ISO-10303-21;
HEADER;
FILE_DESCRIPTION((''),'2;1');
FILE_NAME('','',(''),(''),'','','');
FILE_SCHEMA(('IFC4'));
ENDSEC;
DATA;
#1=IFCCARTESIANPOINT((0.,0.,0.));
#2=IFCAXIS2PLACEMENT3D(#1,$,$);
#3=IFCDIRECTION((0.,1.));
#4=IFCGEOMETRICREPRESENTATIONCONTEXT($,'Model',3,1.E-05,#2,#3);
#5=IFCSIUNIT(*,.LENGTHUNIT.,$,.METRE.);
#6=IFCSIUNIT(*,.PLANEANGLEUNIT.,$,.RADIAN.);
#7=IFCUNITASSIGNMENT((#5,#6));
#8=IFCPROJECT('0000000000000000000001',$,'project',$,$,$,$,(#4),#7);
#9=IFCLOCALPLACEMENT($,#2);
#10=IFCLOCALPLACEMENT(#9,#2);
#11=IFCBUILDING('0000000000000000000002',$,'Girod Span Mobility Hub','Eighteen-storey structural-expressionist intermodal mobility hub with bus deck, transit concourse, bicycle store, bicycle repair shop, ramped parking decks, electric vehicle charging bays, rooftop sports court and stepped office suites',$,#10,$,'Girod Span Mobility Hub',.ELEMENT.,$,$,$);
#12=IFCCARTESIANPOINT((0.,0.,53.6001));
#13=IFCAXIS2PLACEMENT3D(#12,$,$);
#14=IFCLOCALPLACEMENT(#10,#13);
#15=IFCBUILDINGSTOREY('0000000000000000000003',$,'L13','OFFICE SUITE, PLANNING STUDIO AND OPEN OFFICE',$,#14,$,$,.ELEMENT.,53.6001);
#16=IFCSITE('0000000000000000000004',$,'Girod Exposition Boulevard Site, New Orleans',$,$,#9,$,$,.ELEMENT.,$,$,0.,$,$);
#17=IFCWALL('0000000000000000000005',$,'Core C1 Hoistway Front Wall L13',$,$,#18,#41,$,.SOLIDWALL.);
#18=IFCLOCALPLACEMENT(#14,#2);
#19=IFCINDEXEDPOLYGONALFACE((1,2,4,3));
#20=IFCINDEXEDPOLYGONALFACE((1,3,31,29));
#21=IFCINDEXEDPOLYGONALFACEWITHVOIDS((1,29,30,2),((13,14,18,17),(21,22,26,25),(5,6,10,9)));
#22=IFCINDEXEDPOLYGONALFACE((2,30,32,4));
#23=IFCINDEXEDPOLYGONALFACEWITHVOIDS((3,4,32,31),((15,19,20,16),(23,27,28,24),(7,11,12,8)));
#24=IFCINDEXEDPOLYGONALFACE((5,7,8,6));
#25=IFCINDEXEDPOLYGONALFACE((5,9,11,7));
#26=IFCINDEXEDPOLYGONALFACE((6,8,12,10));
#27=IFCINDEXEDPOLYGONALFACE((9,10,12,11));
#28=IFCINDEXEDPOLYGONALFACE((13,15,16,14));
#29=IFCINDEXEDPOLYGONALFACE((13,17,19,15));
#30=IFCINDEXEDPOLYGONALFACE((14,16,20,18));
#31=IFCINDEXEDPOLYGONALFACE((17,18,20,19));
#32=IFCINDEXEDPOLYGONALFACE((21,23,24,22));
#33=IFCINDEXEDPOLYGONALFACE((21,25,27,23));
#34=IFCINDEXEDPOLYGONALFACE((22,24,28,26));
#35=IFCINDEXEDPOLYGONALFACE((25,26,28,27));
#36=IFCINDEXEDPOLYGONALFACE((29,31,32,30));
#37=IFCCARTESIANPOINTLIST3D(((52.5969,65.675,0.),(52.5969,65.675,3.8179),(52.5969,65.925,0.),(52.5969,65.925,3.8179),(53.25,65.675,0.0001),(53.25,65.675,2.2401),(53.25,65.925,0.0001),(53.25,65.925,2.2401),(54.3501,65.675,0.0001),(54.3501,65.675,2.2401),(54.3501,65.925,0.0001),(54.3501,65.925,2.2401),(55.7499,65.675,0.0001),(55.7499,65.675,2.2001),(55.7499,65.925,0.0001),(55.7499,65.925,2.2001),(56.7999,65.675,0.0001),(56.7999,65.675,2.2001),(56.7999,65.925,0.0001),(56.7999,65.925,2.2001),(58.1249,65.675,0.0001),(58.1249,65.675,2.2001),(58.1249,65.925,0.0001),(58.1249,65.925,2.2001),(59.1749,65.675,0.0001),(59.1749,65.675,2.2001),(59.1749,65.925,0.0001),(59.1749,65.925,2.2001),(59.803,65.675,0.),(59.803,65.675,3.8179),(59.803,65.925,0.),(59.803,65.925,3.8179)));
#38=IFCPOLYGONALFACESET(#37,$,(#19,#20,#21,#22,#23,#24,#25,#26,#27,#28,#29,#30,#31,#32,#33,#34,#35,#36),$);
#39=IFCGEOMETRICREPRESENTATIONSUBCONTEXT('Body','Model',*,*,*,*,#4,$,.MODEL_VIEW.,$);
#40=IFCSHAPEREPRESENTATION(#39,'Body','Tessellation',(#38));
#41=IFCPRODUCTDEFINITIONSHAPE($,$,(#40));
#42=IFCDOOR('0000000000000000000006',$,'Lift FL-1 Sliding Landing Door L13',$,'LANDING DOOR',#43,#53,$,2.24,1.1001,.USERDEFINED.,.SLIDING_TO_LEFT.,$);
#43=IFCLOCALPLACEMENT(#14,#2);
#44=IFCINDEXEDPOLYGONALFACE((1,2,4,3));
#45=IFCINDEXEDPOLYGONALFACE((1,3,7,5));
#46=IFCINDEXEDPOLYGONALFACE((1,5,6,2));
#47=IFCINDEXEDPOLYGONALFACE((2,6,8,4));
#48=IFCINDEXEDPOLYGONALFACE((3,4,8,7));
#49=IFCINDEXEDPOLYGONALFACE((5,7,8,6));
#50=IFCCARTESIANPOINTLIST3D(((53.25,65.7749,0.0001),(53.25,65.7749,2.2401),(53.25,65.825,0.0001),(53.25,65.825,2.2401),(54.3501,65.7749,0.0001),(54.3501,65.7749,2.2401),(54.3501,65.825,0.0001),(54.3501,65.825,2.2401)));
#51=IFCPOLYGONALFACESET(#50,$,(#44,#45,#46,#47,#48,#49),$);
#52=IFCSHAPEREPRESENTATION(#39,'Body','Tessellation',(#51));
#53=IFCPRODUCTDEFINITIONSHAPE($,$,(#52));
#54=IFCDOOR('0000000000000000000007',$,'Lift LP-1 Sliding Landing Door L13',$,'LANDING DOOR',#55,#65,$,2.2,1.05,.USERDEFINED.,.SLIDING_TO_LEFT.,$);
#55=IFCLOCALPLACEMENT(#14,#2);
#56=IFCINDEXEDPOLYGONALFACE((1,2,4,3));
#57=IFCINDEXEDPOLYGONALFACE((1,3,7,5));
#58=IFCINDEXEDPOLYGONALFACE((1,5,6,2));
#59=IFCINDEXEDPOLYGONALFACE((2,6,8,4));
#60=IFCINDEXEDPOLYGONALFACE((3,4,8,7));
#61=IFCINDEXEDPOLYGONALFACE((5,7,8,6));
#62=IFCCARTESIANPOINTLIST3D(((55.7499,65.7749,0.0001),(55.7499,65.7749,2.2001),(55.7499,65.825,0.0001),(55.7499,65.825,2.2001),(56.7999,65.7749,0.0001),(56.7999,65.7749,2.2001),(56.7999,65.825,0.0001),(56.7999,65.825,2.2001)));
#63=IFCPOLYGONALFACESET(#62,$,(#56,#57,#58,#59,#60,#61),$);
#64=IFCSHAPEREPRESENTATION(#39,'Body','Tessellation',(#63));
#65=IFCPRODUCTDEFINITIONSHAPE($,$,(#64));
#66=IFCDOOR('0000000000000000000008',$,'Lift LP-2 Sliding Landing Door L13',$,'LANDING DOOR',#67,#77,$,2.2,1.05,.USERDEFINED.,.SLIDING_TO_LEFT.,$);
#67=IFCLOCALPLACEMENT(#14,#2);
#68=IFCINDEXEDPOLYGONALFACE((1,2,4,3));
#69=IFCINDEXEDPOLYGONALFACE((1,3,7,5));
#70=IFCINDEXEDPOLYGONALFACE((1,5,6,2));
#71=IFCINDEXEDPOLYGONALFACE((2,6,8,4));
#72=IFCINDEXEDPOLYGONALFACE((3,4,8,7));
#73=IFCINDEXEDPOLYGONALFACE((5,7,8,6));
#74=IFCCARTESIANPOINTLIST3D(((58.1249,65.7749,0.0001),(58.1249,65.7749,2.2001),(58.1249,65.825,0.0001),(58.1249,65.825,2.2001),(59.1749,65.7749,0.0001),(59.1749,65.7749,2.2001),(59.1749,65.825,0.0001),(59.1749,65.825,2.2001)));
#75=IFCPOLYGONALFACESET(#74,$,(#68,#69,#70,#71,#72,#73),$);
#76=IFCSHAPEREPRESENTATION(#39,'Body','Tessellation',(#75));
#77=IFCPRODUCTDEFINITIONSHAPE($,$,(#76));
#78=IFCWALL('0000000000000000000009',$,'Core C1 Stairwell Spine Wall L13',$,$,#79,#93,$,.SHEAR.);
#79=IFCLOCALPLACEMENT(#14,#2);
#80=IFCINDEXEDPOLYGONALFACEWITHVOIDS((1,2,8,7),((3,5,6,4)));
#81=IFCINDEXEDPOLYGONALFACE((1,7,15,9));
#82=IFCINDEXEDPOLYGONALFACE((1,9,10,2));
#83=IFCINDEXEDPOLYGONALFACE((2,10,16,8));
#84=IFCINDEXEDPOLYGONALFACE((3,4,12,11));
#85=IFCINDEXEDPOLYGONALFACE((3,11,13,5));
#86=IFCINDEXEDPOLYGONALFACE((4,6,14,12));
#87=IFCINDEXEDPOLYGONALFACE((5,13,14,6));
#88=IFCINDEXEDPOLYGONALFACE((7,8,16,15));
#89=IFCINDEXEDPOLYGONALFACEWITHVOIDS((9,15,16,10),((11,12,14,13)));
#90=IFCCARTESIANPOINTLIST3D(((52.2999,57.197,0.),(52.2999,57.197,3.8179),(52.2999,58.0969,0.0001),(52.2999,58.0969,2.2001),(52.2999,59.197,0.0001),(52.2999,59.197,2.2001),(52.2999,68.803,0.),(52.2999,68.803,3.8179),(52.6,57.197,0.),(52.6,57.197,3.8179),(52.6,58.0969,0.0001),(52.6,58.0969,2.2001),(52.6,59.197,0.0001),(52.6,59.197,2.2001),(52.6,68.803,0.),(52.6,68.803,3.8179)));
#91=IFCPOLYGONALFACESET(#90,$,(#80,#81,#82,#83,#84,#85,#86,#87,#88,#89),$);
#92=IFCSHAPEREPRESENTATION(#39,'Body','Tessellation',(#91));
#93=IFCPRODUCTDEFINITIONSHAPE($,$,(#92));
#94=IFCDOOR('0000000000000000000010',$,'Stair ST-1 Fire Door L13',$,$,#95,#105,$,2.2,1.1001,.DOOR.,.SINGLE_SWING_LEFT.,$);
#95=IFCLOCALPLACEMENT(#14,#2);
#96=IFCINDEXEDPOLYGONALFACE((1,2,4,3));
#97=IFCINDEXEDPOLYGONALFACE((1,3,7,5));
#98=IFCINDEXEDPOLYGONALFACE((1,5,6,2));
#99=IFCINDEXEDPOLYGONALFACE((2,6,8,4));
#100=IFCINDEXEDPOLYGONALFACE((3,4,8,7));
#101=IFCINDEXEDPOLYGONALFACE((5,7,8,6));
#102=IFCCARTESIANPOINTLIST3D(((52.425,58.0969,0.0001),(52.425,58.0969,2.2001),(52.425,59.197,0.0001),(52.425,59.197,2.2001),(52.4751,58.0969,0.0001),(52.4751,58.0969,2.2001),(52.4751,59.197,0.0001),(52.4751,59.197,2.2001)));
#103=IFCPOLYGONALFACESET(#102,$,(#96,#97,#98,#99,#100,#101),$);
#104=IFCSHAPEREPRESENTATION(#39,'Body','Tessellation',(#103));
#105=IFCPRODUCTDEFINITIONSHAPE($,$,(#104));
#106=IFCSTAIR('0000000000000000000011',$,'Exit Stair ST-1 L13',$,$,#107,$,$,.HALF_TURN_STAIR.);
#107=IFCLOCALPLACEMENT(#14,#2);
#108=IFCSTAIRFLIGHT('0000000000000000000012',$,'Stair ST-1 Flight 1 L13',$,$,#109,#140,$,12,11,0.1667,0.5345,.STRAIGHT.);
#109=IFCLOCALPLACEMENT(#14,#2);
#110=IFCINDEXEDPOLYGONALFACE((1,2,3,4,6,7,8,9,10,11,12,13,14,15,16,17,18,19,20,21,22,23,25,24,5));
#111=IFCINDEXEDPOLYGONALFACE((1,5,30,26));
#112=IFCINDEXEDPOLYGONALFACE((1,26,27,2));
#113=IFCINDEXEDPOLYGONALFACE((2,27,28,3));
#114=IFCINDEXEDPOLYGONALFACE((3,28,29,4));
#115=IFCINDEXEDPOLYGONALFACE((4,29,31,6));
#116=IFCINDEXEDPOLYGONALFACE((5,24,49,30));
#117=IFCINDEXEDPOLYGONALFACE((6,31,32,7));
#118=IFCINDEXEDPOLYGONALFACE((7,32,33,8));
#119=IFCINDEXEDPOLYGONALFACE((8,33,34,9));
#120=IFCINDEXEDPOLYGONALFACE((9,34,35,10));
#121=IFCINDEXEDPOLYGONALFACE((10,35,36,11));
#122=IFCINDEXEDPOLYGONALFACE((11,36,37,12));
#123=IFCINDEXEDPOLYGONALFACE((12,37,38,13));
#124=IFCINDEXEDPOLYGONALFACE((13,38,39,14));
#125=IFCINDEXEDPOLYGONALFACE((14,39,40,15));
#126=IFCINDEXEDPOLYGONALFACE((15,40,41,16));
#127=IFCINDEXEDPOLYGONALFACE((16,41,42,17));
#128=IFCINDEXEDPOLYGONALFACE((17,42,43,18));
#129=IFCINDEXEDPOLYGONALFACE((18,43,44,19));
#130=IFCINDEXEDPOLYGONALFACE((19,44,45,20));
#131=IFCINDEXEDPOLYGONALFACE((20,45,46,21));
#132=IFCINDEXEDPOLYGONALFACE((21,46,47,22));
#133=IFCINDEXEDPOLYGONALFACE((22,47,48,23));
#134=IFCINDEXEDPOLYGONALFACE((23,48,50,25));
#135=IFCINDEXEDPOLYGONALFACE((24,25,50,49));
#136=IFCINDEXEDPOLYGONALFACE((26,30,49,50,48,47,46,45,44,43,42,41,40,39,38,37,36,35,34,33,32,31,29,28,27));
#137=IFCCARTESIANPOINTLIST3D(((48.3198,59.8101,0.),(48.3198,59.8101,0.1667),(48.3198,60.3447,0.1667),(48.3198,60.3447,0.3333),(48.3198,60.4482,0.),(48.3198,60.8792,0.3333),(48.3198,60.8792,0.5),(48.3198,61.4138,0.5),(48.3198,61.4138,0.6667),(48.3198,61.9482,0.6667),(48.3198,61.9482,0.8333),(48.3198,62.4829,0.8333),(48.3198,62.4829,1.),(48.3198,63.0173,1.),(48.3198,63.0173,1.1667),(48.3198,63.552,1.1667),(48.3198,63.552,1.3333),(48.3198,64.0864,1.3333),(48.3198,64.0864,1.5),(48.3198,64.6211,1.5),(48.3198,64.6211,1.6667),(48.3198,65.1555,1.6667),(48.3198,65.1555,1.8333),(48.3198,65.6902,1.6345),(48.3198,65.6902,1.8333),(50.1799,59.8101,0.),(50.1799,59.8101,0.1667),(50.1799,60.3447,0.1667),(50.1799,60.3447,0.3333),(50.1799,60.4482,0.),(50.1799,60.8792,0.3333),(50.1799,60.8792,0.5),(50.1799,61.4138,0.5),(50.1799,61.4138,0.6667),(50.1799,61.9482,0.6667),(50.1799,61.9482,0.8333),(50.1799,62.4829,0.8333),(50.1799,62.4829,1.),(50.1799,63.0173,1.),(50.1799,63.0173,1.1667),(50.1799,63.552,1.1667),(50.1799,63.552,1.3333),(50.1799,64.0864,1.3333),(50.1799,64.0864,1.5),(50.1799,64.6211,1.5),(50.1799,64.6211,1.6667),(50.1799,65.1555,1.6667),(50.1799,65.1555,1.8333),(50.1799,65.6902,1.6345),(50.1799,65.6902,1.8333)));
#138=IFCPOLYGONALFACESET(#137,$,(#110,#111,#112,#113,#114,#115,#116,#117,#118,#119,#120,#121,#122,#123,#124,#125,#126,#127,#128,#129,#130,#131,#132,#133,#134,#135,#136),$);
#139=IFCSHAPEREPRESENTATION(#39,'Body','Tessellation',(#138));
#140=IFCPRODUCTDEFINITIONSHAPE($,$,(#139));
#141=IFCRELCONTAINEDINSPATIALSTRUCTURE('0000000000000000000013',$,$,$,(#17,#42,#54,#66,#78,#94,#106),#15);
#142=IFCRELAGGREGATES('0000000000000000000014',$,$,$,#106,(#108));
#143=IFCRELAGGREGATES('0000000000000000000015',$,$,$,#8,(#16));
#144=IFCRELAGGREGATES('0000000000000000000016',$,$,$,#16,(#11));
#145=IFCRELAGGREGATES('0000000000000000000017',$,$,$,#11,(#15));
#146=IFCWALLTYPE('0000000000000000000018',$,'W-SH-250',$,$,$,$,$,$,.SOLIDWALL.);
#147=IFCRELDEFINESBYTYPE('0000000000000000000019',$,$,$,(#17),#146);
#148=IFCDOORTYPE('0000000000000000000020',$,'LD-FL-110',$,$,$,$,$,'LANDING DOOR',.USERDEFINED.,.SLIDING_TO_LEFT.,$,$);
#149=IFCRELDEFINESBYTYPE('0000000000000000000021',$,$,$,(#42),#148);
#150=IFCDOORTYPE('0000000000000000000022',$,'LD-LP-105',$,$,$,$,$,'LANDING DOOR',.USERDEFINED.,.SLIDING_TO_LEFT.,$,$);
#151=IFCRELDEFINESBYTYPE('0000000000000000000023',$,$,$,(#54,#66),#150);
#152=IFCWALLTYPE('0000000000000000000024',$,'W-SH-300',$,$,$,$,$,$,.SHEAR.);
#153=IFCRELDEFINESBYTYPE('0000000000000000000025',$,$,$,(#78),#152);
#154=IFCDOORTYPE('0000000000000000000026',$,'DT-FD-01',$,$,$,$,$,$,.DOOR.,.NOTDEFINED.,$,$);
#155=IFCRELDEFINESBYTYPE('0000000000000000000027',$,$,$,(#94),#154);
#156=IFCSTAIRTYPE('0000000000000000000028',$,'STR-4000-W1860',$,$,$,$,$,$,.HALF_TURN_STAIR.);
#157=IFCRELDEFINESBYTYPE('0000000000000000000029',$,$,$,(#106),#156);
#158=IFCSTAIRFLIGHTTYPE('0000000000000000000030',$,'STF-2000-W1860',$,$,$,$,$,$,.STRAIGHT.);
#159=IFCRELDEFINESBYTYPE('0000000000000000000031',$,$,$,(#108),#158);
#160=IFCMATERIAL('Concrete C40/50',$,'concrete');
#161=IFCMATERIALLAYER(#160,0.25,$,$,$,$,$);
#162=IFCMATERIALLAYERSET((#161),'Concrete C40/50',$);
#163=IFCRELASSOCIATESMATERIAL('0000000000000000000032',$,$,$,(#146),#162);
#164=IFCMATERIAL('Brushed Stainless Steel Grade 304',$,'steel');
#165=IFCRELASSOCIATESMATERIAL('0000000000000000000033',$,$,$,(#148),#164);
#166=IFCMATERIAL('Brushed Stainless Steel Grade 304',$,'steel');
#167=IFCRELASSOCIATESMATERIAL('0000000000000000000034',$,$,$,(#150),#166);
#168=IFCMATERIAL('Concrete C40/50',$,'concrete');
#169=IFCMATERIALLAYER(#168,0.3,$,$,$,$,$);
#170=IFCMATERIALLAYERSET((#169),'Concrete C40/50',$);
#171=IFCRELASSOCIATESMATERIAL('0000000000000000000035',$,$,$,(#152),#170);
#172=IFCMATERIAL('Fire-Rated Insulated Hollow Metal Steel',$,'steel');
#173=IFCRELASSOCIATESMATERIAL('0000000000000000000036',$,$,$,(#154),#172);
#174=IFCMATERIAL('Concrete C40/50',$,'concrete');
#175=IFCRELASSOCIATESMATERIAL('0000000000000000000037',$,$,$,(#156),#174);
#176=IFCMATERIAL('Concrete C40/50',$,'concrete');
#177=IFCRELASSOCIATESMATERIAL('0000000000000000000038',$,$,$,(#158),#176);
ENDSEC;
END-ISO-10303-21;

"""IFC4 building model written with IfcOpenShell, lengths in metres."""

from ifc_helpers import new_model, si_unit, direction, frame, frame_2d, origin, place, context, subcontext, project, spatial, polyline, rectangle, outline, extrude, material, layer, layer_set, type_object, element, fill, aggregate, save


model = new_model("IFC4")

# Units and contexts
model_context = context("Model", 3, precision=1e-05, world=origin(), true_north=direction((0.0, 1.0)))
body_context = subcontext(model_context, "Body", "Model", "MODEL_VIEW")
ifc_project = project(units=[si_unit("LENGTHUNIT", "METRE"), si_unit("PLANEANGLEUNIT", "RADIAN")], contexts=[model_context])

# Site, building, storey
site_placement = place(None, origin())
site = spatial("IfcSite", under=ifc_project, at=site_placement, Name="Girod Exposition Boulevard Site, New Orleans", CompositionType="ELEMENT", RefElevation=0.0)
building_placement = place(site_placement, origin())
building = spatial("IfcBuilding", under=site, at=building_placement, Name="Girod Span Mobility Hub", Description="Eighteen-storey structural-expressionist intermodal mobility hub with bus deck, transit concourse, bicycle store, bicycle repair shop, ramped parking decks, electric vehicle charging bays, rooftop sports court and stepped office suites", LongName="Girod Span Mobility Hub", CompositionType="ELEMENT")
storey_placement = place(building_placement, frame((0.0, 0.0, 53.6001)))
storey = spatial("IfcBuildingStorey", under=building, at=storey_placement, Name="L13", Description="OFFICE SUITE, PLANNING STUDIO AND OPEN OFFICE", CompositionType="ELEMENT", Elevation=53.6001)

# Wall, openings, doors
ifc_material_1 = material(Name="Concrete C40/50", Category="concrete")
ifc_layer_1 = layer(ifc_material_1, 0.25)
ifc_layer_set_1 = layer_set([ifc_layer_1], Name="Concrete C40/50")
wall_type_1 = type_object("IfcWallType", Name="W-SH-250", PredefinedType="SOLIDWALL", material=ifc_layer_set_1)
wall_1_placement = place(storey_placement, frame((52.5969, 65.8, 0.0), z_axis=(0.0, 0.0, 1.0), x_axis=(1.0, 0.0, 0.0)))
wall_1 = element("IfcWall", 1, at=wall_1_placement, inside=storey, type_object=wall_type_1, Name="Core C1 Hoistway Front Wall L13", PredefinedType="SOLIDWALL", context=body_context, shape_type="SweptSolid", body=[
    extrude(rectangle(XDim=7.2061, YDim=0.25, at=frame_2d((3.603, 0.0))), origin(), (0.0, 0.0, 1.0), 3.8179),
])
opening_1_placement = place(wall_1_placement, frame((0.6531, 0.0, 0.0)))
opening_1 = element("IfcOpeningElement", 2, at=opening_1_placement, cuts=wall_1, PredefinedType="OPENING", context=body_context, shape_type="SweptSolid", body=[
    extrude(rectangle(XDim=1.1001, YDim=2.24, at=frame_2d((0.55, 1.1201))), frame((0.0, 0.1399, 0.0), z_axis=(0.0, -1.0, 0.0), x_axis=(1.0, 0.0, 0.0)), (0.0, 0.0, 1.0), 0.28),
])
opening_2_placement = place(wall_1_placement, frame((3.1531, 0.0, 0.0)))
opening_2 = element("IfcOpeningElement", 3, at=opening_2_placement, cuts=wall_1, PredefinedType="OPENING", context=body_context, shape_type="SweptSolid", body=[
    extrude(rectangle(XDim=1.05, YDim=2.2, at=frame_2d((0.5249, 1.1001))), frame((0.0, 0.1399, 0.0), z_axis=(0.0, -1.0, 0.0), x_axis=(1.0, 0.0, 0.0)), (0.0, 0.0, 1.0), 0.28),
])
opening_3_placement = place(wall_1_placement, frame((5.5281, 0.0, 0.0)))
opening_3 = element("IfcOpeningElement", 4, at=opening_3_placement, cuts=wall_1, PredefinedType="OPENING", context=body_context, shape_type="SweptSolid", body=[
    extrude(rectangle(XDim=1.05, YDim=2.2, at=frame_2d((0.5249, 1.1001))), frame((0.0, 0.1399, 0.0), z_axis=(0.0, -1.0, 0.0), x_axis=(1.0, 0.0, 0.0)), (0.0, 0.0, 1.0), 0.28),
])
ifc_material_2 = material(Name="Brushed Stainless Steel Grade 304", Category="steel")
door_type_1 = type_object("IfcDoorType", Name="LD-FL-110", ElementType="LANDING DOOR", OperationType="SLIDING_TO_LEFT", PredefinedType="USERDEFINED", material=ifc_material_2)
door_1_placement = place(opening_1_placement, origin())
door_1 = element("IfcDoor", 5, at=door_1_placement, inside=storey, type_object=door_type_1, Name="Lift FL-1 Sliding Landing Door L13", ObjectType="LANDING DOOR", OperationType="SLIDING_TO_LEFT", OverallHeight=2.24, OverallWidth=1.1001, PredefinedType="USERDEFINED", context=body_context, shape_type="SweptSolid", body=[
    extrude(rectangle(XDim=1.1001, YDim=2.24, at=frame_2d((0.55, 1.1201))), frame((0.0, 0.0249, 0.0), z_axis=(0.0, -1.0, 0.0), x_axis=(1.0, 0.0, 0.0)), (0.0, 0.0, 1.0), 0.05),
])
fill(opening_1, door_1)
ifc_material_3 = material(Name="Brushed Stainless Steel Grade 304", Category="steel")
door_type_2 = type_object("IfcDoorType", Name="LD-LP-105", ElementType="LANDING DOOR", OperationType="SLIDING_TO_LEFT", PredefinedType="USERDEFINED", material=ifc_material_3)
door_2_placement = place(opening_2_placement, origin())
door_2 = element("IfcDoor", 6, at=door_2_placement, inside=storey, type_object=door_type_2, Name="Lift LP-1 Sliding Landing Door L13", ObjectType="LANDING DOOR", OperationType="SLIDING_TO_LEFT", OverallHeight=2.2, OverallWidth=1.05, PredefinedType="USERDEFINED", context=body_context, shape_type="SweptSolid", body=[
    extrude(rectangle(XDim=1.05, YDim=2.2, at=frame_2d((0.5249, 1.1001))), frame((0.0, 0.0249, 0.0), z_axis=(0.0, -1.0, 0.0), x_axis=(1.0, 0.0, 0.0)), (0.0, 0.0, 1.0), 0.05),
])
fill(opening_2, door_2)
door_3_placement = place(opening_3_placement, origin())
door_3 = element("IfcDoor", 7, at=door_3_placement, inside=storey, type_object=door_type_2, Name="Lift LP-2 Sliding Landing Door L13", ObjectType="LANDING DOOR", OperationType="SLIDING_TO_LEFT", OverallHeight=2.2, OverallWidth=1.05, PredefinedType="USERDEFINED", context=body_context, shape_type="SweptSolid", body=[
    extrude(rectangle(XDim=1.05, YDim=2.2, at=frame_2d((0.5249, 1.1001))), frame((0.0, 0.0249, 0.0), z_axis=(0.0, -1.0, 0.0), x_axis=(1.0, 0.0, 0.0)), (0.0, 0.0, 1.0), 0.05),
])
fill(opening_3, door_3)

# Wall, opening, door
ifc_material_4 = material(Name="Concrete C40/50", Category="concrete")
ifc_layer_2 = layer(ifc_material_4, 0.3)
ifc_layer_set_2 = layer_set([ifc_layer_2], Name="Concrete C40/50")
wall_type_2 = type_object("IfcWallType", Name="W-SH-300", PredefinedType="SHEAR", material=ifc_layer_set_2)
wall_2_placement = place(storey_placement, frame((52.45, 57.197, 0.0), z_axis=(0.0, 0.0, 1.0), x_axis=(0.0, 1.0, 0.0)))
wall_2 = element("IfcWall", 8, at=wall_2_placement, inside=storey, type_object=wall_type_2, Name="Core C1 Stairwell Spine Wall L13", PredefinedType="SHEAR", context=body_context, shape_type="SweptSolid", body=[
    extrude(rectangle(XDim=11.606, YDim=0.3, at=frame_2d((5.803, 0.0))), origin(), (0.0, 0.0, 1.0), 3.8179),
])
opening_4_placement = place(wall_2_placement, frame((0.8999, 0.0, 0.0)))
opening_4 = element("IfcOpeningElement", 9, at=opening_4_placement, cuts=wall_2, PredefinedType="OPENING", context=body_context, shape_type="SweptSolid", body=[
    extrude(rectangle(XDim=1.1001, YDim=2.2, at=frame_2d((0.55, 1.1001))), frame((0.0, 0.165, 0.0), z_axis=(0.0, -1.0, 0.0), x_axis=(1.0, 0.0, 0.0)), (0.0, 0.0, 1.0), 0.3301),
])
ifc_material_5 = material(Name="Fire-Rated Insulated Hollow Metal Steel", Category="steel")
door_type_3 = type_object("IfcDoorType", Name="DT-FD-01", OperationType="NOTDEFINED", PredefinedType="DOOR", material=ifc_material_5)
door_4_placement = place(opening_4_placement, origin())
door_4 = element("IfcDoor", 10, at=door_4_placement, inside=storey, type_object=door_type_3, Name="Stair ST-1 Fire Door L13", OperationType="SINGLE_SWING_LEFT", OverallHeight=2.2, OverallWidth=1.1001, PredefinedType="DOOR", context=body_context, shape_type="SweptSolid", body=[
    extrude(rectangle(XDim=1.1001, YDim=2.2, at=frame_2d((0.55, 1.1001))), frame((0.0, 0.0249, 0.0), z_axis=(0.0, -1.0, 0.0), x_axis=(1.0, 0.0, 0.0)), (0.0, 0.0, 1.0), 0.05),
])
fill(opening_4, door_4)

# Stair, stair flight
ifc_material_6 = material(Name="Concrete C40/50", Category="concrete")
stair_type = type_object("IfcStairType", Name="STR-4000-W1860", PredefinedType="HALF_TURN_STAIR", material=ifc_material_6)
stair_placement = place(storey_placement, origin())
stair = element("IfcStair", 11, at=stair_placement, inside=storey, type_object=stair_type, Name="Exit Stair ST-1 L13", PredefinedType="HALF_TURN_STAIR")
ifc_material_7 = material(Name="Concrete C40/50", Category="concrete")
stair_flight_type = type_object("IfcStairFlightType", Name="STF-2000-W1860", PredefinedType="STRAIGHT", material=ifc_material_7)
stair_flight_1_placement = place(storey_placement, frame((49.25, 59.8101, 0.0), z_axis=(0.0, 0.0, 1.0), x_axis=(0.0, 1.0, 0.0)))
stair_flight_1 = element("IfcStairFlight", 12, at=stair_flight_1_placement, type_object=stair_flight_type, Name="Stair ST-1 Flight 1 L13", NumberOfRisers=12, NumberOfTreads=11, PredefinedType="STRAIGHT", RiserHeight=0.1667, TreadLength=0.5345, context=body_context, shape_type="SweptSolid", body=[
    extrude(outline(polyline([(0.0, 0.0), (0.0, 0.1667), (0.5347, 0.1667), (0.5347, 0.3333), (1.0691, 0.3333), (1.0691, 0.5), (1.6038, 0.5), (1.6038, 0.6667), (2.1382, 0.6667), (2.1382, 0.8333), (2.6729, 0.8333), (2.6729, 1.0), (3.2073, 1.0), (3.2073, 1.1667), (3.7419, 1.1667), (3.7419, 1.3333), (4.2764, 1.3333), (4.2764, 1.5), (4.811, 1.5), (4.811, 1.6667), (5.3455, 1.6667), (5.3455, 1.8333), (5.8801, 1.8333), (5.8801, 2.0), (5.8801, 1.6345), (0.6382, 0.0), (0.0, 0.0)])), frame((0.0, 0.9302, 0.0), z_axis=(0.0, -1.0, 0.0), x_axis=(1.0, 0.0, 0.0)), (0.0, 0.0, 1.0), 1.8601),
])
aggregate(stair, [stair_flight_1])

save(model, "model.ifc")
